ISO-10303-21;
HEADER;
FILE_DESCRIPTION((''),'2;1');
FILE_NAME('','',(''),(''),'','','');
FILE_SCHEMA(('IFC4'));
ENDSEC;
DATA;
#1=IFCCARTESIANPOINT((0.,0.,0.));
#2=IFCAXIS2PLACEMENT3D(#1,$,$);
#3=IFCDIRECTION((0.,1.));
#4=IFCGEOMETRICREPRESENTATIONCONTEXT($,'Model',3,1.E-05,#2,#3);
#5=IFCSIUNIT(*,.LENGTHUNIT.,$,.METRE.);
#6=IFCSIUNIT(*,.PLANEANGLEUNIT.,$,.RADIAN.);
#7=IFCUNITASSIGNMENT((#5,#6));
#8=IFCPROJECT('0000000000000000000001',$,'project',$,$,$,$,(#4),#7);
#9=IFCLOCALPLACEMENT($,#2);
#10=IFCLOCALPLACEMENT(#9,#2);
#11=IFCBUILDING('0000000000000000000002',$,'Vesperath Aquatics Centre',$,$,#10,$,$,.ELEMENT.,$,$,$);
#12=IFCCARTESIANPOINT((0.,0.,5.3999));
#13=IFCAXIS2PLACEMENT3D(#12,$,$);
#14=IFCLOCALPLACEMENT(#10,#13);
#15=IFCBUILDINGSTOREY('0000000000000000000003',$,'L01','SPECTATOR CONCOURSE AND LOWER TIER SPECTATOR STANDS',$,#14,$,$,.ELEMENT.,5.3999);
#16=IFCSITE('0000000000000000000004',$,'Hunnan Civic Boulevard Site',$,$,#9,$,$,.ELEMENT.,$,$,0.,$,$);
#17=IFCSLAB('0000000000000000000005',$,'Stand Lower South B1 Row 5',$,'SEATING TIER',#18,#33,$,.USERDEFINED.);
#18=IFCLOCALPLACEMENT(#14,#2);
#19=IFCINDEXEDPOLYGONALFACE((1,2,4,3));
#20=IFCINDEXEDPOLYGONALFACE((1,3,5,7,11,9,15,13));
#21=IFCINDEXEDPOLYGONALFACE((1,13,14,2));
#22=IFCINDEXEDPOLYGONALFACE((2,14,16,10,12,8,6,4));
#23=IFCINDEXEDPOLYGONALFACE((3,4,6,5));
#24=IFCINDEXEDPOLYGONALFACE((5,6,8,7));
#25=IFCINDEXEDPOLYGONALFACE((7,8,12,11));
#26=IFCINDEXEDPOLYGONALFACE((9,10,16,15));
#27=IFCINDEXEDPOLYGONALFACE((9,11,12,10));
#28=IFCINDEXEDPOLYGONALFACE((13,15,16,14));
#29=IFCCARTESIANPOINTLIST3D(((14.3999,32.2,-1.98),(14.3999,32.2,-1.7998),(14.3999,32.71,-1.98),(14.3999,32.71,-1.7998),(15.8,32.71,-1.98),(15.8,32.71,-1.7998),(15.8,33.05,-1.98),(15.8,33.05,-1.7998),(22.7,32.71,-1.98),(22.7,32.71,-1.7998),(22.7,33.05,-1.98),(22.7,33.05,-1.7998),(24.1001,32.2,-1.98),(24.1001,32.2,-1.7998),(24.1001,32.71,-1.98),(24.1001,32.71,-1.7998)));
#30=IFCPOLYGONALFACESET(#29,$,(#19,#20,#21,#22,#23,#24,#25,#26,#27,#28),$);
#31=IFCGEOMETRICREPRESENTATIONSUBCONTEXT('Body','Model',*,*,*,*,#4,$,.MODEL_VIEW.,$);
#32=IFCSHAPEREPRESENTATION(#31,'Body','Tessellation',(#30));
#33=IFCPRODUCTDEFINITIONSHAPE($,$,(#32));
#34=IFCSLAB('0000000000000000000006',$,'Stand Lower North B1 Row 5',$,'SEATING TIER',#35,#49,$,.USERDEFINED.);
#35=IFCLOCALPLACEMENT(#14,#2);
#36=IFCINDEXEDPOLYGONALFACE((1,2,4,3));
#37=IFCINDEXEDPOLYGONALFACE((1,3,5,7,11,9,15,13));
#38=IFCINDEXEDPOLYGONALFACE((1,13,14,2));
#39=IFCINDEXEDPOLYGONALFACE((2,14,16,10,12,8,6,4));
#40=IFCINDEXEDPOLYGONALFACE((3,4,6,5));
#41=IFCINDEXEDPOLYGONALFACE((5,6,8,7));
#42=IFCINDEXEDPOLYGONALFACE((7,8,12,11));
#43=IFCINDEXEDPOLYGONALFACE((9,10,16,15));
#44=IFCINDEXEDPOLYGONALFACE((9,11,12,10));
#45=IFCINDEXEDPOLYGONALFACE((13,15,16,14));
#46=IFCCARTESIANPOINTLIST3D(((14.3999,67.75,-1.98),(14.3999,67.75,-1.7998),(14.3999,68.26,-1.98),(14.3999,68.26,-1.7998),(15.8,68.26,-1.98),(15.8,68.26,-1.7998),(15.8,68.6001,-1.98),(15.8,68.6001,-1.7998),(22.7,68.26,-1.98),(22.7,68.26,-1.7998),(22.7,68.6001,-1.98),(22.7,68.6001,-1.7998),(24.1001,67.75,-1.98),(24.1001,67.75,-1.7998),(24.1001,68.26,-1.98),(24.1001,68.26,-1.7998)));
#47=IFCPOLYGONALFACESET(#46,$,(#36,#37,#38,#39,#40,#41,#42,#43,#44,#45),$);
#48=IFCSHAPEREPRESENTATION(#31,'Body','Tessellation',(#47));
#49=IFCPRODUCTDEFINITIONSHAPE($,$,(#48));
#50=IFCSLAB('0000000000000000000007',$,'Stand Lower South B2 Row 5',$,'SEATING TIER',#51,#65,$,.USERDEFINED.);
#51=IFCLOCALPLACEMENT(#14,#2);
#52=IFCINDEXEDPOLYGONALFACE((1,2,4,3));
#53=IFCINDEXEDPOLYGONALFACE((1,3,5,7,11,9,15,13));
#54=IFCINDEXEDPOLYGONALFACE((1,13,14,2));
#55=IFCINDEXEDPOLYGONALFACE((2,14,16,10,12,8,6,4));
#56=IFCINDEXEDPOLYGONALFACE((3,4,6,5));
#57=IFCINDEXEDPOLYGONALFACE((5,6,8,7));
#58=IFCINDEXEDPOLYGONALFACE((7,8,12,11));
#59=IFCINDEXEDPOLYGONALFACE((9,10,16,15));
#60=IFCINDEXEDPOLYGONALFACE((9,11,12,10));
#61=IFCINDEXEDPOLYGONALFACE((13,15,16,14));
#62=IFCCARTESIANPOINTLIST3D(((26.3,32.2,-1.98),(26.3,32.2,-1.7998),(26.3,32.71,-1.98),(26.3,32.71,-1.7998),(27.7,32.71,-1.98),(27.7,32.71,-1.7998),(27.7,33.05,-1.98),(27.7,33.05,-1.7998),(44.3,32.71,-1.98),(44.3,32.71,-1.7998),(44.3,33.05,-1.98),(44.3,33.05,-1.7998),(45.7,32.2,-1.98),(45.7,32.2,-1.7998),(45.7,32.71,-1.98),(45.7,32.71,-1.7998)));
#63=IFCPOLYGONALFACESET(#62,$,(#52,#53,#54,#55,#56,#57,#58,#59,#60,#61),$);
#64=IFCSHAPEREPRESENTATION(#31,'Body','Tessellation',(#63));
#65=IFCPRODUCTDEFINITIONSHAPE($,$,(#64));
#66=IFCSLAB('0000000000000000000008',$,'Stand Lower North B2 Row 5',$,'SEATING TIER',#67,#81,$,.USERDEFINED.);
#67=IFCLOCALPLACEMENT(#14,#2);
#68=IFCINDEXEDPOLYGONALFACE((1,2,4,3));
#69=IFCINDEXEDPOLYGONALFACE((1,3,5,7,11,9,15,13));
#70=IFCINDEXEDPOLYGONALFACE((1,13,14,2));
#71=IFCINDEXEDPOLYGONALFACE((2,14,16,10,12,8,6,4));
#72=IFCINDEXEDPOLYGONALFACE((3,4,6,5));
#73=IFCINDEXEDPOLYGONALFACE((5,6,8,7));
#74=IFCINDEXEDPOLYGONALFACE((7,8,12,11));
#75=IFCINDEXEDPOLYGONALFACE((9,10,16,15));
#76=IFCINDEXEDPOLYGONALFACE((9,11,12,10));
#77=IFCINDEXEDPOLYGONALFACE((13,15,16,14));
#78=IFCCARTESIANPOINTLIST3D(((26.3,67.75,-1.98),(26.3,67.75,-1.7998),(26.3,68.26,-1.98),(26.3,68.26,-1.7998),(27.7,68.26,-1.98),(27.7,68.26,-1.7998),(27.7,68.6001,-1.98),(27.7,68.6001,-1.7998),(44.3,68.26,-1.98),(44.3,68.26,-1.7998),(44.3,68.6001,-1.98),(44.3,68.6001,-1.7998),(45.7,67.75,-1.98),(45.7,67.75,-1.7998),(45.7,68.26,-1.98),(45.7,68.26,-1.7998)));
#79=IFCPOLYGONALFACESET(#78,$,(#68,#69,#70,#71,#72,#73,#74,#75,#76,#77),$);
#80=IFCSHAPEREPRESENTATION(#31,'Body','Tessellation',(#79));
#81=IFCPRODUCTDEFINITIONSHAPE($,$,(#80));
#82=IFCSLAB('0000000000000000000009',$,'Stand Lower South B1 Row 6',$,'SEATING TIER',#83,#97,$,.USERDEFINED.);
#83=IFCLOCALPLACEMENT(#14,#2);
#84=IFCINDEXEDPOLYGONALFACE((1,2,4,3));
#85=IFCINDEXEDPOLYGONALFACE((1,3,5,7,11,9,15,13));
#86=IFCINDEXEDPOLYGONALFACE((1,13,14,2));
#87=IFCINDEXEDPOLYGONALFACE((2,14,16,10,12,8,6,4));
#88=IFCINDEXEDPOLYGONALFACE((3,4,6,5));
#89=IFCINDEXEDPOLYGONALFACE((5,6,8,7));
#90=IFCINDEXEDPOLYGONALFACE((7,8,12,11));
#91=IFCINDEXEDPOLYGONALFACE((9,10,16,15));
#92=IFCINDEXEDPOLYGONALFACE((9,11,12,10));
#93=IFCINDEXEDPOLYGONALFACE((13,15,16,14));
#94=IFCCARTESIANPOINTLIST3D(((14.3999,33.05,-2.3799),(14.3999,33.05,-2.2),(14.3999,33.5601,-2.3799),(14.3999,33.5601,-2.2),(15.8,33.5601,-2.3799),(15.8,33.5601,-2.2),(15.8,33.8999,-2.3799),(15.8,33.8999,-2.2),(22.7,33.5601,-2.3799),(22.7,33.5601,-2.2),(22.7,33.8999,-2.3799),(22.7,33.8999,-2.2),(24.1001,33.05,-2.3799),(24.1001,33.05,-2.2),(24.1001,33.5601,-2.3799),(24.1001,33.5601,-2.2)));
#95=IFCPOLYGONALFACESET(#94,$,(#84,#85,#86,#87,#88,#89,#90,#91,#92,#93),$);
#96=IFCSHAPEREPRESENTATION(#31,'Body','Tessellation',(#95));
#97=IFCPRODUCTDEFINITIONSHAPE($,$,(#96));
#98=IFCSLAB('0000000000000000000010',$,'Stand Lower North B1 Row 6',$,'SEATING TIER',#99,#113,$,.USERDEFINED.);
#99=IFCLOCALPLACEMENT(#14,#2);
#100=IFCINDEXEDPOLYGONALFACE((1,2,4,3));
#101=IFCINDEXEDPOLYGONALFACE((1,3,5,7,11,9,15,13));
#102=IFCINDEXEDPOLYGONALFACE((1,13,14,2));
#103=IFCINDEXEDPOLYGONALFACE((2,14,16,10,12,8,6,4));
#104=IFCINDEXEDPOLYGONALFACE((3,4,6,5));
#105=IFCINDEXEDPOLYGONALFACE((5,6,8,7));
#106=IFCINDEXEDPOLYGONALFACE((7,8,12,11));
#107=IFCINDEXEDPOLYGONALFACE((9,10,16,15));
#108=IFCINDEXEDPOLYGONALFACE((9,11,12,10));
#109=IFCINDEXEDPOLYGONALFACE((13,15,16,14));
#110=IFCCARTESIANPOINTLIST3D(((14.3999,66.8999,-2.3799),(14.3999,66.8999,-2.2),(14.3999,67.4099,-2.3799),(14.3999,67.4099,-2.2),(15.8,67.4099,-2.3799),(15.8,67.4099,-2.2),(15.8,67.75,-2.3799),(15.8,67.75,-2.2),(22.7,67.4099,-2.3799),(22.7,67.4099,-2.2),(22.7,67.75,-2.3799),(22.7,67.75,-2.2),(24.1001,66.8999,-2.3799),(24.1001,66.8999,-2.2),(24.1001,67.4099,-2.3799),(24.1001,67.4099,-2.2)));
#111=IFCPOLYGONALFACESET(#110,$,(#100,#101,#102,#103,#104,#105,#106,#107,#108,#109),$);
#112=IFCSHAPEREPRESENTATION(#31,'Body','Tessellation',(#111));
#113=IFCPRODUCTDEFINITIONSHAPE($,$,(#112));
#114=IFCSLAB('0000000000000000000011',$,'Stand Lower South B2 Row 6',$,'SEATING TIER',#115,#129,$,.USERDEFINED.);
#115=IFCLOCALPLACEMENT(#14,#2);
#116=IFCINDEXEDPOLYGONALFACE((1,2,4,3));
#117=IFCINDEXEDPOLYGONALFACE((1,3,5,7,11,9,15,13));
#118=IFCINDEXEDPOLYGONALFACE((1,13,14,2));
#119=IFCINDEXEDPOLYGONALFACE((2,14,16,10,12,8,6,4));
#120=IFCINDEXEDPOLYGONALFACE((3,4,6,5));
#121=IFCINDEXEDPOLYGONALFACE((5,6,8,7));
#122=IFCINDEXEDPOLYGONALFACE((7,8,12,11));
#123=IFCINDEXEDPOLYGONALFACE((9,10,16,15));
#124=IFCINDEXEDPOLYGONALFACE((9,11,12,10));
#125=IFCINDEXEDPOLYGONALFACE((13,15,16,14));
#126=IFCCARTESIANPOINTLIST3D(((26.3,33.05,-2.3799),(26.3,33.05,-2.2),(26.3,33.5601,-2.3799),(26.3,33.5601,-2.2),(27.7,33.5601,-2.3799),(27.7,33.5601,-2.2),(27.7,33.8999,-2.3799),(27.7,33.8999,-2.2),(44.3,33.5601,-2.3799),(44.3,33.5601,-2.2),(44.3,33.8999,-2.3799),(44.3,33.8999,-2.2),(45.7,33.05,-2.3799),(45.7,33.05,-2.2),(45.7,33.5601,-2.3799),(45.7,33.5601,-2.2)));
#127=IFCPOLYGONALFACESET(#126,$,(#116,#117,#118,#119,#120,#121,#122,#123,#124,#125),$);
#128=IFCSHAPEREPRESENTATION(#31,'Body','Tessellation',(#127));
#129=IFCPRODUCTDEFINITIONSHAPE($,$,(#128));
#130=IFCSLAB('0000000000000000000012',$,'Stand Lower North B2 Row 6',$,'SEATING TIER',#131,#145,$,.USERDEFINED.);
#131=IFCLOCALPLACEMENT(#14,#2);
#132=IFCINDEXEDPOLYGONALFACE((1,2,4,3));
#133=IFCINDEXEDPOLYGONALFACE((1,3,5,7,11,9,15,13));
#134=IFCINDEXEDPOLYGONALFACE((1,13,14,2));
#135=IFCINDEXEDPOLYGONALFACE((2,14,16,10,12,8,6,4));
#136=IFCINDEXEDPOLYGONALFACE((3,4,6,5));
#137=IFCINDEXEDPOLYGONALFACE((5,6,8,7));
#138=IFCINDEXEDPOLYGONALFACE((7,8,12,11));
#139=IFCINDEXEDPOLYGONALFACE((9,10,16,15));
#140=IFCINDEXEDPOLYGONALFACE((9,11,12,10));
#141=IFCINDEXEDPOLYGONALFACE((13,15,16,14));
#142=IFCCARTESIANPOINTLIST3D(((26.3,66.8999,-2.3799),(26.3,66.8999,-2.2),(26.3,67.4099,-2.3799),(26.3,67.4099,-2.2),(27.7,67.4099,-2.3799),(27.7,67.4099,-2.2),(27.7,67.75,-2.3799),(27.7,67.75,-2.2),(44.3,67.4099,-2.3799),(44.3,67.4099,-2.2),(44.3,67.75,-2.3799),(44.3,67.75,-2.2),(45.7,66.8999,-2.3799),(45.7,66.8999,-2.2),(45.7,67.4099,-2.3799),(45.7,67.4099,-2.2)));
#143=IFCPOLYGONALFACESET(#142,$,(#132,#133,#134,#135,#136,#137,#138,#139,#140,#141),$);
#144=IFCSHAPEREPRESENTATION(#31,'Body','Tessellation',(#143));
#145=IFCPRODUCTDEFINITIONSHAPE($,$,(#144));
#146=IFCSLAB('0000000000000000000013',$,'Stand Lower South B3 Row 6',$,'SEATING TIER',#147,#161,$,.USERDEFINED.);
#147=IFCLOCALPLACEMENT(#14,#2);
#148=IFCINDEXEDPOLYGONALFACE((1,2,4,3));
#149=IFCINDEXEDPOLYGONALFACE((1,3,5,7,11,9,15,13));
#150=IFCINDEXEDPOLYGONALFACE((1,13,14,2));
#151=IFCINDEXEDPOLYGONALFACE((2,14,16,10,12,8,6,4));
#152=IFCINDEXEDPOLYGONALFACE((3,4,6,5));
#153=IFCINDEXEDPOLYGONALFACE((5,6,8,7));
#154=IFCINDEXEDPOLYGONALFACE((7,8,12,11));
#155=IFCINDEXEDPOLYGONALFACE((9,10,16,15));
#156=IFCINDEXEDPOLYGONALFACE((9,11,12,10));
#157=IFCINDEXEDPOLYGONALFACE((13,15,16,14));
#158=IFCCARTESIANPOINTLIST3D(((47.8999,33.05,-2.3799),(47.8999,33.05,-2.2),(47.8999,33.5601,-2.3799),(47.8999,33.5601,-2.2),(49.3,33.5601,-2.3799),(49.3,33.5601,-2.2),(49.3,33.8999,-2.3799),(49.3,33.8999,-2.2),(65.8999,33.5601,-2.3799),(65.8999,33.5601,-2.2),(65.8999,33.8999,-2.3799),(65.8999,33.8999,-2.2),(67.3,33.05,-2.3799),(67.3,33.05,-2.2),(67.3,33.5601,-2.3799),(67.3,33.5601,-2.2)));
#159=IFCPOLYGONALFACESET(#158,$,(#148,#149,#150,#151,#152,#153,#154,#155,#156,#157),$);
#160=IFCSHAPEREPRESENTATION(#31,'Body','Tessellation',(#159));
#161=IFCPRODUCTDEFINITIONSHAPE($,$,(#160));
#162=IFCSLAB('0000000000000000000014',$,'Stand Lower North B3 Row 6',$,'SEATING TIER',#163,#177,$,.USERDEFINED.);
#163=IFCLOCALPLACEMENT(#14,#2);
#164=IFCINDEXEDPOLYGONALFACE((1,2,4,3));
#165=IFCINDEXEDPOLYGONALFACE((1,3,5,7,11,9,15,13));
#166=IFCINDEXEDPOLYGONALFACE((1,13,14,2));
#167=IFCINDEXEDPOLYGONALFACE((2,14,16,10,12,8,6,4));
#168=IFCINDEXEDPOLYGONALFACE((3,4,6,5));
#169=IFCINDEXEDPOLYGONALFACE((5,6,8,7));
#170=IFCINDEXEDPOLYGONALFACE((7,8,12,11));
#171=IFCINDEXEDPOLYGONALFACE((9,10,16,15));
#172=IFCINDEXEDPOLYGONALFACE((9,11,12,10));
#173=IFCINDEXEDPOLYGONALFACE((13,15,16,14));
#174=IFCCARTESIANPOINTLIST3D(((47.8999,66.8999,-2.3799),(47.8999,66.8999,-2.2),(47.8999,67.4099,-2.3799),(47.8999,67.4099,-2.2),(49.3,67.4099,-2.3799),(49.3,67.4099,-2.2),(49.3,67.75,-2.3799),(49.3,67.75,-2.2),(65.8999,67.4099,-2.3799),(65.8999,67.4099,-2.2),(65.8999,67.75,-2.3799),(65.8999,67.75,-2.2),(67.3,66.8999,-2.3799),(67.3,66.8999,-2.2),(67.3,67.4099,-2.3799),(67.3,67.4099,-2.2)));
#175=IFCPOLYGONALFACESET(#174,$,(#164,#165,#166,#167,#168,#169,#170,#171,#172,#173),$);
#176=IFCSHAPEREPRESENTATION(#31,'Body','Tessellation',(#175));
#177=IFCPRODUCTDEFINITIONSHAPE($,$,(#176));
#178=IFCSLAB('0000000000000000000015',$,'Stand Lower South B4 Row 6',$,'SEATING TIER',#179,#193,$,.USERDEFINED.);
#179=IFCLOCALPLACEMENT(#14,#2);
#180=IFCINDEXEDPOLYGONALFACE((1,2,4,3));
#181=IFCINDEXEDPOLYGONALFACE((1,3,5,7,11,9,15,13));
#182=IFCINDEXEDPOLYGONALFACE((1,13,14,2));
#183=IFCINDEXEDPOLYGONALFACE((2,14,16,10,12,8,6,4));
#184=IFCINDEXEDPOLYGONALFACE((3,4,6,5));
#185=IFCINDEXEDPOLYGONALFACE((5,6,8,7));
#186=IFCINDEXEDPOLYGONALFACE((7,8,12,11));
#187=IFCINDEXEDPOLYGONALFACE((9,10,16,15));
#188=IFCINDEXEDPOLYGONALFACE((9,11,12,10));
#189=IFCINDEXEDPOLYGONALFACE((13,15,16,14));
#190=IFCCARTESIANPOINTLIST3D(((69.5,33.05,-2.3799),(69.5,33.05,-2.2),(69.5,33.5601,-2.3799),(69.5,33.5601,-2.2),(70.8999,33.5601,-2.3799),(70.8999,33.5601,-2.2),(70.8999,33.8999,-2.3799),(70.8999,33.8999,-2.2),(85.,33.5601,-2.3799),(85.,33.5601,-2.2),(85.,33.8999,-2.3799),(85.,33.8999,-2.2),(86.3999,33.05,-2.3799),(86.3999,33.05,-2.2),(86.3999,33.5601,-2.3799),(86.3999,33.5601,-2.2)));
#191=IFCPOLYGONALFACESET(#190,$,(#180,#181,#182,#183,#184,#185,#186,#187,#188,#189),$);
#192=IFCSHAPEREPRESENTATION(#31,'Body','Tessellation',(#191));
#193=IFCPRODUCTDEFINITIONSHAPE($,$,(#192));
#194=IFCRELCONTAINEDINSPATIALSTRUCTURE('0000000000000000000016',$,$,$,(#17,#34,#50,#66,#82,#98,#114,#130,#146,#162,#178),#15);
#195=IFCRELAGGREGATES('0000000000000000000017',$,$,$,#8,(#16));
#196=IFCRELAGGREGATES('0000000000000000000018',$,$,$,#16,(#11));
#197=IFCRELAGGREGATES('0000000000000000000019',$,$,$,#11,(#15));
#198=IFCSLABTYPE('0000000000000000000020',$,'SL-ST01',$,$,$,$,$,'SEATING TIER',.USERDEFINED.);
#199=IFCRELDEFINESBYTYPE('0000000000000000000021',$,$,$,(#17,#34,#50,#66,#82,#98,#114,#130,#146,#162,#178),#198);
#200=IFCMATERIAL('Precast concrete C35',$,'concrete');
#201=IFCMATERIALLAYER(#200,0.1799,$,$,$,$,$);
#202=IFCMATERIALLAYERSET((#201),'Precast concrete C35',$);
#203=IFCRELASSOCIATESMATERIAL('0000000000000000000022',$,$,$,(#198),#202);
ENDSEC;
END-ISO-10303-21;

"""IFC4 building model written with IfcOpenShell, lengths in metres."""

from ifc_helpers import new_model, si_unit, direction, frame, origin, place, context, subcontext, project, spatial, polyline, outline, extrude, material, layer, layer_set, type_object, element, save


model = new_model("IFC4")

# Units and contexts
model_context = context("Model", 3, precision=1e-05, world=origin(), true_north=direction((0.0, 1.0)))
body_context = subcontext(model_context, "Body", "Model", "MODEL_VIEW")
ifc_project = project(units=[si_unit("LENGTHUNIT", "METRE"), si_unit("PLANEANGLEUNIT", "RADIAN")], contexts=[model_context])

# Site, building, storey
site_placement = place(None, origin())
site = spatial("IfcSite", under=ifc_project, at=site_placement, Name="Hunnan Civic Boulevard Site", CompositionType="ELEMENT", RefElevation=0.0)
building_placement = place(site_placement, origin())
building = spatial("IfcBuilding", under=site, at=building_placement, Name="Vesperath Aquatics Centre", CompositionType="ELEMENT")
storey_placement = place(building_placement, frame((0.0, 0.0, 5.3999)))
storey = spatial("IfcBuildingStorey", under=building, at=storey_placement, Name="L01", Description="SPECTATOR CONCOURSE AND LOWER TIER SPECTATOR STANDS", CompositionType="ELEMENT", Elevation=5.3999)

# Slabs
ifc_material = material(Name="Precast concrete C35", Category="concrete")
ifc_layer = layer(ifc_material, 0.1799)
ifc_layer_set = layer_set([ifc_layer], Name="Precast concrete C35")
slab_type = type_object("IfcSlabType", Name="SL-ST01", ElementType="SEATING TIER", PredefinedType="USERDEFINED", material=ifc_layer_set)
slab_1_placement = place(storey_placement, frame((0.0, 0.0, -1.98)))
element("IfcSlab", 1, at=slab_1_placement, inside=storey, type_object=slab_type, Name="Stand Lower South B1 Row 5", ObjectType="SEATING TIER", PredefinedType="USERDEFINED", context=body_context, shape_type="SweptSolid", body=[
    extrude(outline(polyline([(14.3999, 32.2), (24.1001, 32.2), (24.1001, 32.71), (22.7, 32.71), (22.7, 33.05), (15.8, 33.05), (15.8, 32.71), (14.3999, 32.71), (14.3999, 32.2)])), origin(), (0.0, 0.0, 1.0), 0.1802),
])
slab_2_placement = place(storey_placement, frame((0.0, 0.0, -1.98)))
element("IfcSlab", 2, at=slab_2_placement, inside=storey, type_object=slab_type, Name="Stand Lower North B1 Row 5", ObjectType="SEATING TIER", PredefinedType="USERDEFINED", context=body_context, shape_type="SweptSolid", body=[
    extrude(outline(polyline([(14.3999, 67.75), (24.1001, 67.75), (24.1001, 68.26), (22.7, 68.26), (22.7, 68.6001), (15.8, 68.6001), (15.8, 68.26), (14.3999, 68.26), (14.3999, 67.75)])), origin(), (0.0, 0.0, 1.0), 0.1802),
])
slab_3_placement = place(storey_placement, frame((0.0, 0.0, -1.98)))
element("IfcSlab", 3, at=slab_3_placement, inside=storey, type_object=slab_type, Name="Stand Lower South B2 Row 5", ObjectType="SEATING TIER", PredefinedType="USERDEFINED", context=body_context, shape_type="SweptSolid", body=[
    extrude(outline(polyline([(26.3, 32.2), (45.7, 32.2), (45.7, 32.71), (44.3, 32.71), (44.3, 33.05), (27.7, 33.05), (27.7, 32.71), (26.3, 32.71), (26.3, 32.2)])), origin(), (0.0, 0.0, 1.0), 0.1802),
])
slab_4_placement = place(storey_placement, frame((0.0, 0.0, -1.98)))
element("IfcSlab", 4, at=slab_4_placement, inside=storey, type_object=slab_type, Name="Stand Lower North B2 Row 5", ObjectType="SEATING TIER", PredefinedType="USERDEFINED", context=body_context, shape_type="SweptSolid", body=[
    extrude(outline(polyline([(26.3, 67.75), (45.7, 67.75), (45.7, 68.26), (44.3, 68.26), (44.3, 68.6001), (27.7, 68.6001), (27.7, 68.26), (26.3, 68.26), (26.3, 67.75)])), origin(), (0.0, 0.0, 1.0), 0.1802),
])
slab_5_placement = place(storey_placement, frame((0.0, 0.0, -2.3799)))
element("IfcSlab", 5, at=slab_5_placement, inside=storey, type_object=slab_type, Name="Stand Lower South B1 Row 6", ObjectType="SEATING TIER", PredefinedType="USERDEFINED", context=body_context, shape_type="SweptSolid", body=[
    extrude(outline(polyline([(14.3999, 33.05), (24.1001, 33.05), (24.1001, 33.5601), (22.7, 33.5601), (22.7, 33.8999), (15.8, 33.8999), (15.8, 33.5601), (14.3999, 33.5601), (14.3999, 33.05)])), origin(), (0.0, 0.0, 1.0), 0.1799),
])
slab_6_placement = place(storey_placement, frame((0.0, 0.0, -2.3799)))
element("IfcSlab", 6, at=slab_6_placement, inside=storey, type_object=slab_type, Name="Stand Lower North B1 Row 6", ObjectType="SEATING TIER", PredefinedType="USERDEFINED", context=body_context, shape_type="SweptSolid", body=[
    extrude(outline(polyline([(14.3999, 66.8999), (24.1001, 66.8999), (24.1001, 67.4099), (22.7, 67.4099), (22.7, 67.75), (15.8, 67.75), (15.8, 67.4099), (14.3999, 67.4099), (14.3999, 66.8999)])), origin(), (0.0, 0.0, 1.0), 0.1799),
])
slab_7_placement = place(storey_placement, frame((0.0, 0.0, -2.3799)))
element("IfcSlab", 7, at=slab_7_placement, inside=storey, type_object=slab_type, Name="Stand Lower South B2 Row 6", ObjectType="SEATING TIER", PredefinedType="USERDEFINED", context=body_context, shape_type="SweptSolid", body=[
    extrude(outline(polyline([(26.3, 33.05), (45.7, 33.05), (45.7, 33.5601), (44.3, 33.5601), (44.3, 33.8999), (27.7, 33.8999), (27.7, 33.5601), (26.3, 33.5601), (26.3, 33.05)])), origin(), (0.0, 0.0, 1.0), 0.1799),
])
slab_8_placement = place(storey_placement, frame((0.0, 0.0, -2.3799)))
element("IfcSlab", 8, at=slab_8_placement, inside=storey, type_object=slab_type, Name="Stand Lower North B2 Row 6", ObjectType="SEATING TIER", PredefinedType="USERDEFINED", context=body_context, shape_type="SweptSolid", body=[
    extrude(outline(polyline([(26.3, 66.8999), (45.7, 66.8999), (45.7, 67.4099), (44.3, 67.4099), (44.3, 67.75), (27.7, 67.75), (27.7, 67.4099), (26.3, 67.4099), (26.3, 66.8999)])), origin(), (0.0, 0.0, 1.0), 0.1799),
])
slab_9_placement = place(storey_placement, frame((0.0, 0.0, -2.3799)))
element("IfcSlab", 9, at=slab_9_placement, inside=storey, type_object=slab_type, Name="Stand Lower South B3 Row 6", ObjectType="SEATING TIER", PredefinedType="USERDEFINED", context=body_context, shape_type="SweptSolid", body=[
    extrude(outline(polyline([(47.8999, 33.05), (67.3, 33.05), (67.3, 33.5601), (65.8999, 33.5601), (65.8999, 33.8999), (49.3, 33.8999), (49.3, 33.5601), (47.8999, 33.5601), (47.8999, 33.05)])), origin(), (0.0, 0.0, 1.0), 0.1799),
])
slab_10_placement = place(storey_placement, frame((0.0, 0.0, -2.3799)))
element("IfcSlab", 10, at=slab_10_placement, inside=storey, type_object=slab_type, Name="Stand Lower North B3 Row 6", ObjectType="SEATING TIER", PredefinedType="USERDEFINED", context=body_context, shape_type="SweptSolid", body=[
    extrude(outline(polyline([(47.8999, 66.8999), (67.3, 66.8999), (67.3, 67.4099), (65.8999, 67.4099), (65.8999, 67.75), (49.3, 67.75), (49.3, 67.4099), (47.8999, 67.4099), (47.8999, 66.8999)])), origin(), (0.0, 0.0, 1.0), 0.1799),
])
slab_11_placement = place(storey_placement, frame((0.0, 0.0, -2.3799)))
element("IfcSlab", 11, at=slab_11_placement, inside=storey, type_object=slab_type, Name="Stand Lower South B4 Row 6", ObjectType="SEATING TIER", PredefinedType="USERDEFINED", context=body_context, shape_type="SweptSolid", body=[
    extrude(outline(polyline([(69.5, 33.05), (86.3999, 33.05), (86.3999, 33.5601), (85.0, 33.5601), (85.0, 33.8999), (70.8999, 33.8999), (70.8999, 33.5601), (69.5, 33.5601), (69.5, 33.05)])), origin(), (0.0, 0.0, 1.0), 0.1799),
])

save(model, "model.ifc")
